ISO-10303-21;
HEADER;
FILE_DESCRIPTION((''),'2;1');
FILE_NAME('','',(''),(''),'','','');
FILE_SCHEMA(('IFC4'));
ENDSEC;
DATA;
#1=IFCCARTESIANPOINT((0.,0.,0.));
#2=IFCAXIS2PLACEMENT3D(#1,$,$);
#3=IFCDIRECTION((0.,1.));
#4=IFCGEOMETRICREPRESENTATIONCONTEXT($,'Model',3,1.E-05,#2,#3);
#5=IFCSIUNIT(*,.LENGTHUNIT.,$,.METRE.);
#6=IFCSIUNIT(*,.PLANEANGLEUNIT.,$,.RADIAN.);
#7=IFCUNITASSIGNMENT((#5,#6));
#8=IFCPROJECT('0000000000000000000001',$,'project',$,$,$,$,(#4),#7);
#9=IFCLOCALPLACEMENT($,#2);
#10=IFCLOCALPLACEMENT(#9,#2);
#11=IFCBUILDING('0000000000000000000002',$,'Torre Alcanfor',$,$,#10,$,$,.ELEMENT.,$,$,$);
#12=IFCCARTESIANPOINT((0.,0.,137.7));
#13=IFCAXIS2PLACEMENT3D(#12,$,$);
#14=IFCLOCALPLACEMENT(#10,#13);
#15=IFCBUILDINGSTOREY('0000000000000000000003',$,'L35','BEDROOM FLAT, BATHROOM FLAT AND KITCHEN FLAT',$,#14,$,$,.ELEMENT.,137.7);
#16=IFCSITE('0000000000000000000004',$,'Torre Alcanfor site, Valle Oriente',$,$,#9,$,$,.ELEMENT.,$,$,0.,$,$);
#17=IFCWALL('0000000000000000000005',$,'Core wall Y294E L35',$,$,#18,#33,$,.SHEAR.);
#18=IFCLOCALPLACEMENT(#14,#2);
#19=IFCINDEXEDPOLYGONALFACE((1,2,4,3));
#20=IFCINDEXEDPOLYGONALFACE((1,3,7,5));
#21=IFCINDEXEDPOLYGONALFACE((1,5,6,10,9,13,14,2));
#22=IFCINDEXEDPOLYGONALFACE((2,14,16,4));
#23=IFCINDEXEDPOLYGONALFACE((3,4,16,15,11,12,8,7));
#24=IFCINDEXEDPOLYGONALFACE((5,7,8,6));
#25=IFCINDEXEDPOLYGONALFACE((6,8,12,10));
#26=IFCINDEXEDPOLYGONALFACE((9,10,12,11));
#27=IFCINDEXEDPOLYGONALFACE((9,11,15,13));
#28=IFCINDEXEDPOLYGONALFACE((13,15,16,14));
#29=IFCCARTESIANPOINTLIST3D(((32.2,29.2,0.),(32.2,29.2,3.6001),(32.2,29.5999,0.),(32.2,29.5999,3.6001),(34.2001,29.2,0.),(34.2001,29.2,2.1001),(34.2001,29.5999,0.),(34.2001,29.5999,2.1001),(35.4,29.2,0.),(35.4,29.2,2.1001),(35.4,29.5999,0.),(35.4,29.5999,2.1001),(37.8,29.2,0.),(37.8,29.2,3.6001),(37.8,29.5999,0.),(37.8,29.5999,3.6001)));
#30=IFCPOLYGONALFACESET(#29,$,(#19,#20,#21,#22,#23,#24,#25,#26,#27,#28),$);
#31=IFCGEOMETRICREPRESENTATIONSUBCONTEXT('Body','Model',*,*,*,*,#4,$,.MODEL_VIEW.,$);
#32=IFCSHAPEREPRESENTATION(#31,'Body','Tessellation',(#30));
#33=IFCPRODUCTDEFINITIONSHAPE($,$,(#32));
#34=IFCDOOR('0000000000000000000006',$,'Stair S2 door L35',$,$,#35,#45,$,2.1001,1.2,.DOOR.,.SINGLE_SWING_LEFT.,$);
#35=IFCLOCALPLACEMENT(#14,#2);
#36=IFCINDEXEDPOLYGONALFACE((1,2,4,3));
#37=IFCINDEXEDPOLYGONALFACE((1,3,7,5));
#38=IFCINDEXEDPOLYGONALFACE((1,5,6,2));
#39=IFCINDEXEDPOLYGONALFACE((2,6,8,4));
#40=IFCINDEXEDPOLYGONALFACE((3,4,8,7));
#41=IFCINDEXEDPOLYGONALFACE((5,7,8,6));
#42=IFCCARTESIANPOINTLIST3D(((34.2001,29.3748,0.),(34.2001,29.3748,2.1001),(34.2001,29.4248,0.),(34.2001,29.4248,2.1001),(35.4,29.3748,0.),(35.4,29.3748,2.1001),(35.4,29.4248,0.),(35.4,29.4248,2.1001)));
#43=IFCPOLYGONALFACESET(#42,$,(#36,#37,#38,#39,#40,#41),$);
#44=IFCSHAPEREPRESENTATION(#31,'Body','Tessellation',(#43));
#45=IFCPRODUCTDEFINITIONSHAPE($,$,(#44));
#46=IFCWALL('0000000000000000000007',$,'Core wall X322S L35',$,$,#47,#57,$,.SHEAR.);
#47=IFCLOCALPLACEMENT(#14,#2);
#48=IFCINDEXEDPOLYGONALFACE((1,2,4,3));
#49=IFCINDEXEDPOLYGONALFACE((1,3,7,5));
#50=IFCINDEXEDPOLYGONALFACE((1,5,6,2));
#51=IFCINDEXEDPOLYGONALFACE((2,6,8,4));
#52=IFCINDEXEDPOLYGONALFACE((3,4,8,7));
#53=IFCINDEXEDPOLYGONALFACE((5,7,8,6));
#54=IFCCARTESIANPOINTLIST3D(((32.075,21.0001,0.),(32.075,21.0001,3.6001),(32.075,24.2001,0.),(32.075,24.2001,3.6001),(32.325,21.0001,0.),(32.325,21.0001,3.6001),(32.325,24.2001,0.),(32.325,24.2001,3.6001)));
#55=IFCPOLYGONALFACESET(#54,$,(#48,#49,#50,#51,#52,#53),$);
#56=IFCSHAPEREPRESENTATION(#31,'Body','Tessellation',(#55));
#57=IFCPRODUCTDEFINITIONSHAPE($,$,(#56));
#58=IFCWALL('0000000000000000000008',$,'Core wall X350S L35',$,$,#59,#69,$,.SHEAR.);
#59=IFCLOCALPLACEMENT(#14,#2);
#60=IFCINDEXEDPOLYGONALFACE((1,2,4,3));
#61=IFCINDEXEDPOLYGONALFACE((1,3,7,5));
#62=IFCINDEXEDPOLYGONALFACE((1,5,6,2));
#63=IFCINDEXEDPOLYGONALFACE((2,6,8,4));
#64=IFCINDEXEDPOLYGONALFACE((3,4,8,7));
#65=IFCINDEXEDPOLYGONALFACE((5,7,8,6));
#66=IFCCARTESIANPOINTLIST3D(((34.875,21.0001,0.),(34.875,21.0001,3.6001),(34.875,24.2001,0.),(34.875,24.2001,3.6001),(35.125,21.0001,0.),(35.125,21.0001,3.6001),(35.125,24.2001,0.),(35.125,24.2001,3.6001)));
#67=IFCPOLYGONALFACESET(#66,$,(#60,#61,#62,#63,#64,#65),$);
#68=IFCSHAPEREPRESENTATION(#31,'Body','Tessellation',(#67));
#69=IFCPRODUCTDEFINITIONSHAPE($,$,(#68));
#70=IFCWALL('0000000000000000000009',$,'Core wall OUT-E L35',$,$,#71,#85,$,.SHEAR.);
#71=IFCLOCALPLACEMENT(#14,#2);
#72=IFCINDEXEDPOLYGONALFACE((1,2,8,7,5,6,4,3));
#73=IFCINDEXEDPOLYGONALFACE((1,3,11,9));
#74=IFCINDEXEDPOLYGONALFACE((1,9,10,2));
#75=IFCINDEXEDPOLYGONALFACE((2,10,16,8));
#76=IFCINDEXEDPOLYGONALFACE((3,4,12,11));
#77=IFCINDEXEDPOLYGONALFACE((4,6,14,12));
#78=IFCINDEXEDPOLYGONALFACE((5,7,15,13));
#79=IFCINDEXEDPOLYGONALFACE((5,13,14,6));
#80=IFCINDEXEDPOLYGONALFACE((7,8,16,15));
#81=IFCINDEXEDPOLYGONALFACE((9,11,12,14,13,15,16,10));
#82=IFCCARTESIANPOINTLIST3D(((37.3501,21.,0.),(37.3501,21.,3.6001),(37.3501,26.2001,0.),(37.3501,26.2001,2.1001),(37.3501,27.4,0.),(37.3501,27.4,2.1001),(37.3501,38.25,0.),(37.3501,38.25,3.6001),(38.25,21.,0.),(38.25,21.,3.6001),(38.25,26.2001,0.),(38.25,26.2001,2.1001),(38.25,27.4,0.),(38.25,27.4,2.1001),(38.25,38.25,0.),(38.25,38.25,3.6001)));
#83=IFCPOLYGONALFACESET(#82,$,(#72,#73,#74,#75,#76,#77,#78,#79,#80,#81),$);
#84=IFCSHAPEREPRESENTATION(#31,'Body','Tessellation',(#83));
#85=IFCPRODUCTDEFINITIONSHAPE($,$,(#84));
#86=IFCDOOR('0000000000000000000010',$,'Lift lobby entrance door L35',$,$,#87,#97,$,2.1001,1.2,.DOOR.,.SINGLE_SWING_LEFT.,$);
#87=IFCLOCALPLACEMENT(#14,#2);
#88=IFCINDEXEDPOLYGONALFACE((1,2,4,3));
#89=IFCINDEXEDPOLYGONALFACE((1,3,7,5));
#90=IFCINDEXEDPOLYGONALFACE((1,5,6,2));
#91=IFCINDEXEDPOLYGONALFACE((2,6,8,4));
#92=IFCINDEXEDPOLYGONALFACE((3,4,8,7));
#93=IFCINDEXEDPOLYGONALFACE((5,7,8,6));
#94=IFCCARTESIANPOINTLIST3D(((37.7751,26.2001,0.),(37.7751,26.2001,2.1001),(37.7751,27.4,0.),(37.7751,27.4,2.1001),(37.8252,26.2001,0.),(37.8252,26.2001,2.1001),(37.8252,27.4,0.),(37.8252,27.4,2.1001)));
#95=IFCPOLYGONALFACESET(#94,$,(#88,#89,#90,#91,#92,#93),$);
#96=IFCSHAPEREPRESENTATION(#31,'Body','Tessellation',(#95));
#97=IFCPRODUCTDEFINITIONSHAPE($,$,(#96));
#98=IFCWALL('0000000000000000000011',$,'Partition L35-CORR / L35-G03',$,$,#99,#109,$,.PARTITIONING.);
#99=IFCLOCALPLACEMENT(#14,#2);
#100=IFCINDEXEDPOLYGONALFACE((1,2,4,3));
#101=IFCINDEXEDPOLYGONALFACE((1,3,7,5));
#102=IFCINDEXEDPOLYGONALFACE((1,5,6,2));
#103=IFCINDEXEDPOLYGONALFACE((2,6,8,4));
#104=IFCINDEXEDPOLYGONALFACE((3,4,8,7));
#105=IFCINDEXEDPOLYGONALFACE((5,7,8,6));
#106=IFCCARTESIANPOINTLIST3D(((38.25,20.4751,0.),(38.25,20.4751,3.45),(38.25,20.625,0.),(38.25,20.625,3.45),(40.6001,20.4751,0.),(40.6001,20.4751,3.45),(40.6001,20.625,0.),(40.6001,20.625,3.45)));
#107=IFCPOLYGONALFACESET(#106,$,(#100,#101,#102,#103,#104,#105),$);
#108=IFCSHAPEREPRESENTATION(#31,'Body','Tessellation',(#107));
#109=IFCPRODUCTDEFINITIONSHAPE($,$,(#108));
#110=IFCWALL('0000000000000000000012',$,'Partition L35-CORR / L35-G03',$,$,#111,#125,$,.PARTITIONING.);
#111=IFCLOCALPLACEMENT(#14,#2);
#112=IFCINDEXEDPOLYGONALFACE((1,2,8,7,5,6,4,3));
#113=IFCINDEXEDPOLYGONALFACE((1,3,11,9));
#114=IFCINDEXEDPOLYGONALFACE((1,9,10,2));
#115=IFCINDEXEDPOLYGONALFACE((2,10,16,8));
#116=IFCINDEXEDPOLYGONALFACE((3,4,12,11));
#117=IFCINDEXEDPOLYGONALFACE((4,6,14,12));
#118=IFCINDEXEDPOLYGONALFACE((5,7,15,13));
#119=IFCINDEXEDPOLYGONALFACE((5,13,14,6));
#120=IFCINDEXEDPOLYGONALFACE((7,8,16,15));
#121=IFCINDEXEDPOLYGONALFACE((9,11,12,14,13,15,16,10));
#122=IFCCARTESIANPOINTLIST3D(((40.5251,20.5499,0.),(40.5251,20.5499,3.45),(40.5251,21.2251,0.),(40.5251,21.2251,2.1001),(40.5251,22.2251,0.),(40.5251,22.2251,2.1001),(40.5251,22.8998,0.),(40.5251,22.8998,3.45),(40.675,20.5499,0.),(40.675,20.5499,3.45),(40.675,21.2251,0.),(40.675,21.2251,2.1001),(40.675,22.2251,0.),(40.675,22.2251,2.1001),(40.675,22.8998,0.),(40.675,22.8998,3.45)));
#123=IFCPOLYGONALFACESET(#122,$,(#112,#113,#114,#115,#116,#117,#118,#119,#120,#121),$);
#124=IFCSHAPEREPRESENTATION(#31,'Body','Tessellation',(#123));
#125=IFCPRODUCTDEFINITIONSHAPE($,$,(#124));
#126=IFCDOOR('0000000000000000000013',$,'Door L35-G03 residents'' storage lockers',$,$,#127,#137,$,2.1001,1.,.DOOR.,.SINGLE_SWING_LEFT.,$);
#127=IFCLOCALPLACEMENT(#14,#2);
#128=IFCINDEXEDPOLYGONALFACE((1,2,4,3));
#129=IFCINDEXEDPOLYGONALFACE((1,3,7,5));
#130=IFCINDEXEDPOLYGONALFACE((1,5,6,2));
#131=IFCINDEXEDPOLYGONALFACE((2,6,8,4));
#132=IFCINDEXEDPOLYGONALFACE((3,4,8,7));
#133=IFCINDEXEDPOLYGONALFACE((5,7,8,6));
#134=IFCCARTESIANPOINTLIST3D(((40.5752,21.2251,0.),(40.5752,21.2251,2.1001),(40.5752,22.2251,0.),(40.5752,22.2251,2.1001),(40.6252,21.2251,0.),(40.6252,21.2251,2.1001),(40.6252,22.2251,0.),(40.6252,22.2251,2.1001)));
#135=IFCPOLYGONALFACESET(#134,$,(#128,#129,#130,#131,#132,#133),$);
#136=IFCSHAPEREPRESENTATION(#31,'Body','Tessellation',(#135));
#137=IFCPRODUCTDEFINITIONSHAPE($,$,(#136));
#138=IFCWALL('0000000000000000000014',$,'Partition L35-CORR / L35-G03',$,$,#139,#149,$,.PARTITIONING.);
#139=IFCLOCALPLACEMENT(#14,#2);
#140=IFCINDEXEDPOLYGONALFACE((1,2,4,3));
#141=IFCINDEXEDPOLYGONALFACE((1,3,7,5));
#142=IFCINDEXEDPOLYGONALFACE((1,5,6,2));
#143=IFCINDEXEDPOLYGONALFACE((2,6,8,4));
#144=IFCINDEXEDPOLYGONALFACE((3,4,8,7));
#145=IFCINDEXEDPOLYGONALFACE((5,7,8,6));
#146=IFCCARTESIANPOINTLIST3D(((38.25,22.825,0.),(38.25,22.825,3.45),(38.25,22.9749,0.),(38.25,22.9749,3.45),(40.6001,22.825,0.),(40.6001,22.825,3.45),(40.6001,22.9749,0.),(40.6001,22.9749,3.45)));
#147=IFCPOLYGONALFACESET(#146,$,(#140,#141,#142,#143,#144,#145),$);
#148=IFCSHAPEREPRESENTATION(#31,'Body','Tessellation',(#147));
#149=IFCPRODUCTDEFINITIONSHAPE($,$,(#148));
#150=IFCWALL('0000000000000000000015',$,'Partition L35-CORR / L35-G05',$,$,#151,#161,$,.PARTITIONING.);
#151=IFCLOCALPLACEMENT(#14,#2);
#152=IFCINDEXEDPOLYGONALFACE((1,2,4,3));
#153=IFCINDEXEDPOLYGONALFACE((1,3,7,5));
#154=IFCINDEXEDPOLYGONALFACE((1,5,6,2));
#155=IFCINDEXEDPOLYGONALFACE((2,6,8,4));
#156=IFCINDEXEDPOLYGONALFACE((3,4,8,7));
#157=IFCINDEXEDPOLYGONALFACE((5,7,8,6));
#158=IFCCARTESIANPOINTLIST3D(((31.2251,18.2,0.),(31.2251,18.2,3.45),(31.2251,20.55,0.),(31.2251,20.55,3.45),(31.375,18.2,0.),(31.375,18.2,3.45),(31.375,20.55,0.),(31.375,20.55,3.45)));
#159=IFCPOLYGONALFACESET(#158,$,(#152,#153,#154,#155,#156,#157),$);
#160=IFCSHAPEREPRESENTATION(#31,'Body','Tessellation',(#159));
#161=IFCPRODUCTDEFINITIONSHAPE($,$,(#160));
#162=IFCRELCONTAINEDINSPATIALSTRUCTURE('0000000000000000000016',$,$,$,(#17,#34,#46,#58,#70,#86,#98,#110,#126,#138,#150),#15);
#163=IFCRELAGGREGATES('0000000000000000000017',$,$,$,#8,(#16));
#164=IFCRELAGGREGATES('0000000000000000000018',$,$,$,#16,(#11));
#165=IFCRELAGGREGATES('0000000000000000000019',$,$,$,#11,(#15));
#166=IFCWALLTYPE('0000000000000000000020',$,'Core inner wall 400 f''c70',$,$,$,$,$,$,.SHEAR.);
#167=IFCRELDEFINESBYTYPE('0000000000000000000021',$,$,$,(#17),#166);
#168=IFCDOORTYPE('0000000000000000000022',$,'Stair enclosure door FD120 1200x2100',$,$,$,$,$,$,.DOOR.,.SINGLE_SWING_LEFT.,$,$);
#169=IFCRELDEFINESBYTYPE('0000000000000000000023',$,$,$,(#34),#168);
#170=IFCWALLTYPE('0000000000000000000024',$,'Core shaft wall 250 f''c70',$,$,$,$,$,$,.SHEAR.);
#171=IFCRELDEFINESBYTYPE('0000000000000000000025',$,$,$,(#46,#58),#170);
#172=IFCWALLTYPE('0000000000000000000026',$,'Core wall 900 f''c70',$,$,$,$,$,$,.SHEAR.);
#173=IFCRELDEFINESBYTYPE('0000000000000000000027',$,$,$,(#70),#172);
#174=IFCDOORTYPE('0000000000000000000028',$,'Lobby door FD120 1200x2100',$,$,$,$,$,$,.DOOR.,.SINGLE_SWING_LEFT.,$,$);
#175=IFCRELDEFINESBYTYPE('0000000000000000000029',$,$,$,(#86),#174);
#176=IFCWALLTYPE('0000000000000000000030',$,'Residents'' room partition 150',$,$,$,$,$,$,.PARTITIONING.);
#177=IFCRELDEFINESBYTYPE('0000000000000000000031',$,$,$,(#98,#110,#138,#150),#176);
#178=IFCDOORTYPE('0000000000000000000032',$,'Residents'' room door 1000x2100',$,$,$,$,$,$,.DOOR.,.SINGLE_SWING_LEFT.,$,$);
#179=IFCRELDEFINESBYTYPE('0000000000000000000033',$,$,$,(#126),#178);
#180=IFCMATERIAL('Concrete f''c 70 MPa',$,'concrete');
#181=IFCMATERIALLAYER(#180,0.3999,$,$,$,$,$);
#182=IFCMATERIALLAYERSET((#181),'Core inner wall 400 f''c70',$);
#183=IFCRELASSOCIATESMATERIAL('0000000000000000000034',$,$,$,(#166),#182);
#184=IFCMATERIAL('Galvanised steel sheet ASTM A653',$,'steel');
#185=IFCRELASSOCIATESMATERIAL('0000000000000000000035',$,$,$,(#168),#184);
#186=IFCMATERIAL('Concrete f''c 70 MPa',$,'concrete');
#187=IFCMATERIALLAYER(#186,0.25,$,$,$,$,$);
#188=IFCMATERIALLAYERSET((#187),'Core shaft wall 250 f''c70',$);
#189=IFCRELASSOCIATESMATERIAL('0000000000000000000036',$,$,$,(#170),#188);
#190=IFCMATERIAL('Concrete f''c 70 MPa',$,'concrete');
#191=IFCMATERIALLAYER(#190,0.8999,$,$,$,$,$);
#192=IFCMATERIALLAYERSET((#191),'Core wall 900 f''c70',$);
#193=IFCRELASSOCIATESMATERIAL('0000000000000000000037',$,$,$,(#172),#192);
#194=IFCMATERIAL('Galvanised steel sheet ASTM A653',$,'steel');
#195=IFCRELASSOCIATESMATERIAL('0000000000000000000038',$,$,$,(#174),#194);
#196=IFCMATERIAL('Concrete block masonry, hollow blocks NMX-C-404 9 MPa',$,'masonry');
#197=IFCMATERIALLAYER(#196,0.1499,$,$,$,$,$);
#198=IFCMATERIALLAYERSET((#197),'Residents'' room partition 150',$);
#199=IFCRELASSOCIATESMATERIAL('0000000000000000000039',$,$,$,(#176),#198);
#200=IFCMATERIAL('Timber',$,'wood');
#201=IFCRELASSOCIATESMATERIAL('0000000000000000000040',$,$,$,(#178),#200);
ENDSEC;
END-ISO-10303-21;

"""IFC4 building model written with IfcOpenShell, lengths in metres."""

from ifc_helpers import new_model, si_unit, direction, frame, frame_2d, origin, place, context, subcontext, project, spatial, rectangle, extrude, material, layer, layer_set, type_object, element, fill, save


model = new_model("IFC4")

# Units and contexts
model_context = context("Model", 3, precision=1e-05, world=origin(), true_north=direction((0.0, 1.0)))
body_context = subcontext(model_context, "Body", "Model", "MODEL_VIEW")
ifc_project = project(units=[si_unit("LENGTHUNIT", "METRE"), si_unit("PLANEANGLEUNIT", "RADIAN")], contexts=[model_context])

# Site, building, storey
site_placement = place(None, origin())
site = spatial("IfcSite", under=ifc_project, at=site_placement, Name="Torre Alcanfor site, Valle Oriente", CompositionType="ELEMENT", RefElevation=0.0)
building_placement = place(site_placement, origin())
building = spatial("IfcBuilding", under=site, at=building_placement, Name="Torre Alcanfor", CompositionType="ELEMENT")
storey_placement = place(building_placement, frame((0.0, 0.0, 137.7)))
storey = spatial("IfcBuildingStorey", under=building, at=storey_placement, Name="L35", Description="BEDROOM FLAT, BATHROOM FLAT AND KITCHEN FLAT", CompositionType="ELEMENT", Elevation=137.7)

# Shared definitions
ifc_material_1 = material(Name="Concrete f'c 70 MPa", Category="concrete")
ifc_layer_1 = layer(ifc_material_1, 0.3999)
ifc_layer_set_1 = layer_set([ifc_layer_1], Name="Core inner wall 400 f'c70")
wall_type_1 = type_object("IfcWallType", Name="Core inner wall 400 f'c70", PredefinedType="SHEAR", material=ifc_layer_set_1)

# Wall, opening, door
wall_1_placement = place(storey_placement, frame((32.2, 29.3999, 0.0), z_axis=(0.0, 0.0, 1.0), x_axis=(1.0, 0.0, 0.0)))
wall_1 = element("IfcWall", 1, at=wall_1_placement, inside=storey, type_object=wall_type_1, Name="Core wall Y294E L35", PredefinedType="SHEAR", context=body_context, shape_type="SweptSolid", body=[
    extrude(rectangle(XDim=5.6001, YDim=0.3999, at=frame_2d((2.8, 0.0))), origin(), (0.0, 0.0, 1.0), 3.6001),
])
opening_1_placement = place(wall_1_placement, frame((2.0, 0.0, 0.0)))
opening_1 = element("IfcOpeningElement", 2, at=opening_1_placement, cuts=wall_1, PredefinedType="OPENING", context=body_context, shape_type="SweptSolid", body=[
    extrude(rectangle(XDim=1.2, YDim=2.1001, at=frame_2d((0.6001, 1.05))), frame((0.0, 0.21, 0.0), z_axis=(0.0, -1.0, 0.0), x_axis=(1.0, 0.0, 0.0)), (0.0, 0.0, 1.0), 0.4199),
])
ifc_material_2 = material(Name="Galvanised steel sheet ASTM A653", Category="steel")
door_type_1 = type_object("IfcDoorType", Name="Stair enclosure door FD120 1200x2100", OperationType="SINGLE_SWING_LEFT", PredefinedType="DOOR", material=ifc_material_2)
door_1_placement = place(opening_1_placement, origin())
door_1 = element("IfcDoor", 3, at=door_1_placement, inside=storey, type_object=door_type_1, Name="Stair S2 door L35", OperationType="SINGLE_SWING_LEFT", OverallHeight=2.1001, OverallWidth=1.2, PredefinedType="DOOR", context=body_context, shape_type="SweptSolid", body=[
    extrude(rectangle(XDim=1.2, YDim=2.1001, at=frame_2d((0.6001, 1.05))), frame((0.0, 0.0249, 0.0), z_axis=(0.0, -1.0, 0.0), x_axis=(1.0, 0.0, 0.0)), (0.0, 0.0, 1.0), 0.05),
])
fill(opening_1, door_1)

# Walls
ifc_material_3 = material(Name="Concrete f'c 70 MPa", Category="concrete")
ifc_layer_2 = layer(ifc_material_3, 0.25)
ifc_layer_set_2 = layer_set([ifc_layer_2], Name="Core shaft wall 250 f'c70")
wall_type_2 = type_object("IfcWallType", Name="Core shaft wall 250 f'c70", PredefinedType="SHEAR", material=ifc_layer_set_2)
for number, where, z_axis, x_axis, name in (
    (4, (32.2, 21.0, 0.0), (0.0, 0.0, 1.0), (0.0, 1.0, 0.0), "Core wall X322S L35"),
    (5, (35.0, 21.0, 0.0), (0.0, 0.0, 1.0), (0.0, 1.0, 0.0), "Core wall X350S L35"),
):
    element("IfcWall", number, at=place(storey_placement, frame(where, z_axis=z_axis, x_axis=x_axis)), inside=storey, type_object=wall_type_2, Name=name, PredefinedType="SHEAR", context=body_context, shape_type="SweptSolid", body=[
        extrude(rectangle(XDim=3.2, YDim=0.25, at=frame_2d((1.6001, 0.0))), origin(), (0.0, 0.0, 1.0), 3.6001),
    ])

# Wall, opening, door
ifc_material_4 = material(Name="Concrete f'c 70 MPa", Category="concrete")
ifc_layer_3 = layer(ifc_material_4, 0.8999)
ifc_layer_set_3 = layer_set([ifc_layer_3], Name="Core wall 900 f'c70")
wall_type_3 = type_object("IfcWallType", Name="Core wall 900 f'c70", PredefinedType="SHEAR", material=ifc_layer_set_3)
wall_2_placement = place(storey_placement, frame((37.8, 21.0, 0.0), z_axis=(0.0, 0.0, 1.0), x_axis=(0.0, 1.0, 0.0)))
wall_2 = element("IfcWall", 6, at=wall_2_placement, inside=storey, type_object=wall_type_3, Name="Core wall OUT-E L35", PredefinedType="SHEAR", context=body_context, shape_type="SweptSolid", body=[
    extrude(rectangle(XDim=17.25, YDim=0.8999, at=frame_2d((8.625, 0.0))), origin(), (0.0, 0.0, 1.0), 3.6001),
])
opening_2_placement = place(wall_2_placement, frame((5.2, 0.0, 0.0)))
opening_2 = element("IfcOpeningElement", 7, at=opening_2_placement, cuts=wall_2, PredefinedType="OPENING", context=body_context, shape_type="SweptSolid", body=[
    extrude(rectangle(XDim=1.2, YDim=2.1001, at=frame_2d((0.6001, 1.05))), frame((0.0, 0.46, 0.0), z_axis=(0.0, -1.0, 0.0), x_axis=(1.0, 0.0, 0.0)), (0.0, 0.0, 1.0), 0.9199),
])
ifc_material_5 = material(Name="Galvanised steel sheet ASTM A653", Category="steel")
door_type_2 = type_object("IfcDoorType", Name="Lobby door FD120 1200x2100", OperationType="SINGLE_SWING_LEFT", PredefinedType="DOOR", material=ifc_material_5)
door_2_placement = place(opening_2_placement, origin())
door_2 = element("IfcDoor", 8, at=door_2_placement, inside=storey, type_object=door_type_2, Name="Lift lobby entrance door L35", OperationType="SINGLE_SWING_LEFT", OverallHeight=2.1001, OverallWidth=1.2, PredefinedType="DOOR", context=body_context, shape_type="SweptSolid", body=[
    extrude(rectangle(XDim=1.2, YDim=2.1001, at=frame_2d((0.6001, 1.05))), frame((0.0, 0.0249, 0.0), z_axis=(0.0, -1.0, 0.0), x_axis=(1.0, 0.0, 0.0)), (0.0, 0.0, 1.0), 0.05),
])
fill(opening_2, door_2)

# Wall
ifc_material_6 = material(Name="Concrete block masonry, hollow blocks NMX-C-404 9 MPa", Category="masonry")
ifc_layer_4 = layer(ifc_material_6, 0.1499)
ifc_layer_set_4 = layer_set([ifc_layer_4], Name="Residents' room partition 150")
wall_type_4 = type_object("IfcWallType", Name="Residents' room partition 150", PredefinedType="PARTITIONING", material=ifc_layer_set_4)
wall_3_placement = place(storey_placement, frame((38.25, 20.55, 0.0), z_axis=(0.0, 0.0, 1.0), x_axis=(1.0, 0.0, 0.0)))
element("IfcWall", 9, at=wall_3_placement, inside=storey, type_object=wall_type_4, Name="Partition L35-CORR / L35-G03", PredefinedType="PARTITIONING", context=body_context, shape_type="SweptSolid", body=[
    extrude(rectangle(XDim=2.3501, YDim=0.1499, at=frame_2d((1.175, 0.0))), origin(), (0.0, 0.0, 1.0), 3.45),
])

# Wall, opening, door
wall_4_placement = place(storey_placement, frame((40.6001, 20.55, 0.0), z_axis=(0.0, 0.0, 1.0), x_axis=(0.0, 1.0, 0.0)))
wall_4 = element("IfcWall", 10, at=wall_4_placement, inside=storey, type_object=wall_type_4, Name="Partition L35-CORR / L35-G03", PredefinedType="PARTITIONING", context=body_context, shape_type="SweptSolid", body=[
    extrude(rectangle(XDim=2.3499, YDim=0.1499, at=frame_2d((1.1748, 0.0))), origin(), (0.0, 0.0, 1.0), 3.45),
])
opening_3_placement = place(wall_4_placement, frame((0.675, 0.0, 0.0)))
opening_3 = element("IfcOpeningElement", 11, at=opening_3_placement, cuts=wall_4, PredefinedType="OPENING", context=body_context, shape_type="SweptSolid", body=[
    extrude(rectangle(XDim=1.0, YDim=2.1001, at=frame_2d((0.5, 1.05))), frame((0.0, 0.085, 0.0), z_axis=(0.0, -1.0, 0.0), x_axis=(1.0, 0.0, 0.0)), (0.0, 0.0, 1.0), 0.1699),
])
ifc_material_7 = material(Name="Timber", Category="wood")
door_type_3 = type_object("IfcDoorType", Name="Residents' room door 1000x2100", OperationType="SINGLE_SWING_LEFT", PredefinedType="DOOR", material=ifc_material_7)
door_3_placement = place(opening_3_placement, origin())
door_3 = element("IfcDoor", 12, at=door_3_placement, inside=storey, type_object=door_type_3, Name="Door L35-G03 residents' storage lockers", OperationType="SINGLE_SWING_LEFT", OverallHeight=2.1001, OverallWidth=1.0, PredefinedType="DOOR", context=body_context, shape_type="SweptSolid", body=[
    extrude(rectangle(XDim=1.0, YDim=2.1001, at=frame_2d((0.5, 1.05))), frame((0.0, 0.0249, 0.0), z_axis=(0.0, -1.0, 0.0), x_axis=(1.0, 0.0, 0.0)), (0.0, 0.0, 1.0), 0.05),
])
fill(opening_3, door_3)

# Walls
for number, where, z_axis, x_axis, name in (
    (13, (40.6001, 22.8999, 0.0), (0.0, 0.0, 1.0), (-1.0, 0.0, 0.0), "Partition L35-CORR / L35-G03"),
    (14, (31.3, 18.2, 0.0), (0.0, 0.0, 1.0), (0.0, 1.0, 0.0), "Partition L35-CORR / L35-G05"),
):
    element("IfcWall", number, at=place(storey_placement, frame(where, z_axis=z_axis, x_axis=x_axis)), inside=storey, type_object=wall_type_4, Name=name, PredefinedType="PARTITIONING", context=body_context, shape_type="SweptSolid", body=[
        extrude(rectangle(XDim=2.3501, YDim=0.1499, at=frame_2d((1.175, 0.0))), origin(), (0.0, 0.0, 1.0), 3.45),
    ])

save(model, "model.ifc")
